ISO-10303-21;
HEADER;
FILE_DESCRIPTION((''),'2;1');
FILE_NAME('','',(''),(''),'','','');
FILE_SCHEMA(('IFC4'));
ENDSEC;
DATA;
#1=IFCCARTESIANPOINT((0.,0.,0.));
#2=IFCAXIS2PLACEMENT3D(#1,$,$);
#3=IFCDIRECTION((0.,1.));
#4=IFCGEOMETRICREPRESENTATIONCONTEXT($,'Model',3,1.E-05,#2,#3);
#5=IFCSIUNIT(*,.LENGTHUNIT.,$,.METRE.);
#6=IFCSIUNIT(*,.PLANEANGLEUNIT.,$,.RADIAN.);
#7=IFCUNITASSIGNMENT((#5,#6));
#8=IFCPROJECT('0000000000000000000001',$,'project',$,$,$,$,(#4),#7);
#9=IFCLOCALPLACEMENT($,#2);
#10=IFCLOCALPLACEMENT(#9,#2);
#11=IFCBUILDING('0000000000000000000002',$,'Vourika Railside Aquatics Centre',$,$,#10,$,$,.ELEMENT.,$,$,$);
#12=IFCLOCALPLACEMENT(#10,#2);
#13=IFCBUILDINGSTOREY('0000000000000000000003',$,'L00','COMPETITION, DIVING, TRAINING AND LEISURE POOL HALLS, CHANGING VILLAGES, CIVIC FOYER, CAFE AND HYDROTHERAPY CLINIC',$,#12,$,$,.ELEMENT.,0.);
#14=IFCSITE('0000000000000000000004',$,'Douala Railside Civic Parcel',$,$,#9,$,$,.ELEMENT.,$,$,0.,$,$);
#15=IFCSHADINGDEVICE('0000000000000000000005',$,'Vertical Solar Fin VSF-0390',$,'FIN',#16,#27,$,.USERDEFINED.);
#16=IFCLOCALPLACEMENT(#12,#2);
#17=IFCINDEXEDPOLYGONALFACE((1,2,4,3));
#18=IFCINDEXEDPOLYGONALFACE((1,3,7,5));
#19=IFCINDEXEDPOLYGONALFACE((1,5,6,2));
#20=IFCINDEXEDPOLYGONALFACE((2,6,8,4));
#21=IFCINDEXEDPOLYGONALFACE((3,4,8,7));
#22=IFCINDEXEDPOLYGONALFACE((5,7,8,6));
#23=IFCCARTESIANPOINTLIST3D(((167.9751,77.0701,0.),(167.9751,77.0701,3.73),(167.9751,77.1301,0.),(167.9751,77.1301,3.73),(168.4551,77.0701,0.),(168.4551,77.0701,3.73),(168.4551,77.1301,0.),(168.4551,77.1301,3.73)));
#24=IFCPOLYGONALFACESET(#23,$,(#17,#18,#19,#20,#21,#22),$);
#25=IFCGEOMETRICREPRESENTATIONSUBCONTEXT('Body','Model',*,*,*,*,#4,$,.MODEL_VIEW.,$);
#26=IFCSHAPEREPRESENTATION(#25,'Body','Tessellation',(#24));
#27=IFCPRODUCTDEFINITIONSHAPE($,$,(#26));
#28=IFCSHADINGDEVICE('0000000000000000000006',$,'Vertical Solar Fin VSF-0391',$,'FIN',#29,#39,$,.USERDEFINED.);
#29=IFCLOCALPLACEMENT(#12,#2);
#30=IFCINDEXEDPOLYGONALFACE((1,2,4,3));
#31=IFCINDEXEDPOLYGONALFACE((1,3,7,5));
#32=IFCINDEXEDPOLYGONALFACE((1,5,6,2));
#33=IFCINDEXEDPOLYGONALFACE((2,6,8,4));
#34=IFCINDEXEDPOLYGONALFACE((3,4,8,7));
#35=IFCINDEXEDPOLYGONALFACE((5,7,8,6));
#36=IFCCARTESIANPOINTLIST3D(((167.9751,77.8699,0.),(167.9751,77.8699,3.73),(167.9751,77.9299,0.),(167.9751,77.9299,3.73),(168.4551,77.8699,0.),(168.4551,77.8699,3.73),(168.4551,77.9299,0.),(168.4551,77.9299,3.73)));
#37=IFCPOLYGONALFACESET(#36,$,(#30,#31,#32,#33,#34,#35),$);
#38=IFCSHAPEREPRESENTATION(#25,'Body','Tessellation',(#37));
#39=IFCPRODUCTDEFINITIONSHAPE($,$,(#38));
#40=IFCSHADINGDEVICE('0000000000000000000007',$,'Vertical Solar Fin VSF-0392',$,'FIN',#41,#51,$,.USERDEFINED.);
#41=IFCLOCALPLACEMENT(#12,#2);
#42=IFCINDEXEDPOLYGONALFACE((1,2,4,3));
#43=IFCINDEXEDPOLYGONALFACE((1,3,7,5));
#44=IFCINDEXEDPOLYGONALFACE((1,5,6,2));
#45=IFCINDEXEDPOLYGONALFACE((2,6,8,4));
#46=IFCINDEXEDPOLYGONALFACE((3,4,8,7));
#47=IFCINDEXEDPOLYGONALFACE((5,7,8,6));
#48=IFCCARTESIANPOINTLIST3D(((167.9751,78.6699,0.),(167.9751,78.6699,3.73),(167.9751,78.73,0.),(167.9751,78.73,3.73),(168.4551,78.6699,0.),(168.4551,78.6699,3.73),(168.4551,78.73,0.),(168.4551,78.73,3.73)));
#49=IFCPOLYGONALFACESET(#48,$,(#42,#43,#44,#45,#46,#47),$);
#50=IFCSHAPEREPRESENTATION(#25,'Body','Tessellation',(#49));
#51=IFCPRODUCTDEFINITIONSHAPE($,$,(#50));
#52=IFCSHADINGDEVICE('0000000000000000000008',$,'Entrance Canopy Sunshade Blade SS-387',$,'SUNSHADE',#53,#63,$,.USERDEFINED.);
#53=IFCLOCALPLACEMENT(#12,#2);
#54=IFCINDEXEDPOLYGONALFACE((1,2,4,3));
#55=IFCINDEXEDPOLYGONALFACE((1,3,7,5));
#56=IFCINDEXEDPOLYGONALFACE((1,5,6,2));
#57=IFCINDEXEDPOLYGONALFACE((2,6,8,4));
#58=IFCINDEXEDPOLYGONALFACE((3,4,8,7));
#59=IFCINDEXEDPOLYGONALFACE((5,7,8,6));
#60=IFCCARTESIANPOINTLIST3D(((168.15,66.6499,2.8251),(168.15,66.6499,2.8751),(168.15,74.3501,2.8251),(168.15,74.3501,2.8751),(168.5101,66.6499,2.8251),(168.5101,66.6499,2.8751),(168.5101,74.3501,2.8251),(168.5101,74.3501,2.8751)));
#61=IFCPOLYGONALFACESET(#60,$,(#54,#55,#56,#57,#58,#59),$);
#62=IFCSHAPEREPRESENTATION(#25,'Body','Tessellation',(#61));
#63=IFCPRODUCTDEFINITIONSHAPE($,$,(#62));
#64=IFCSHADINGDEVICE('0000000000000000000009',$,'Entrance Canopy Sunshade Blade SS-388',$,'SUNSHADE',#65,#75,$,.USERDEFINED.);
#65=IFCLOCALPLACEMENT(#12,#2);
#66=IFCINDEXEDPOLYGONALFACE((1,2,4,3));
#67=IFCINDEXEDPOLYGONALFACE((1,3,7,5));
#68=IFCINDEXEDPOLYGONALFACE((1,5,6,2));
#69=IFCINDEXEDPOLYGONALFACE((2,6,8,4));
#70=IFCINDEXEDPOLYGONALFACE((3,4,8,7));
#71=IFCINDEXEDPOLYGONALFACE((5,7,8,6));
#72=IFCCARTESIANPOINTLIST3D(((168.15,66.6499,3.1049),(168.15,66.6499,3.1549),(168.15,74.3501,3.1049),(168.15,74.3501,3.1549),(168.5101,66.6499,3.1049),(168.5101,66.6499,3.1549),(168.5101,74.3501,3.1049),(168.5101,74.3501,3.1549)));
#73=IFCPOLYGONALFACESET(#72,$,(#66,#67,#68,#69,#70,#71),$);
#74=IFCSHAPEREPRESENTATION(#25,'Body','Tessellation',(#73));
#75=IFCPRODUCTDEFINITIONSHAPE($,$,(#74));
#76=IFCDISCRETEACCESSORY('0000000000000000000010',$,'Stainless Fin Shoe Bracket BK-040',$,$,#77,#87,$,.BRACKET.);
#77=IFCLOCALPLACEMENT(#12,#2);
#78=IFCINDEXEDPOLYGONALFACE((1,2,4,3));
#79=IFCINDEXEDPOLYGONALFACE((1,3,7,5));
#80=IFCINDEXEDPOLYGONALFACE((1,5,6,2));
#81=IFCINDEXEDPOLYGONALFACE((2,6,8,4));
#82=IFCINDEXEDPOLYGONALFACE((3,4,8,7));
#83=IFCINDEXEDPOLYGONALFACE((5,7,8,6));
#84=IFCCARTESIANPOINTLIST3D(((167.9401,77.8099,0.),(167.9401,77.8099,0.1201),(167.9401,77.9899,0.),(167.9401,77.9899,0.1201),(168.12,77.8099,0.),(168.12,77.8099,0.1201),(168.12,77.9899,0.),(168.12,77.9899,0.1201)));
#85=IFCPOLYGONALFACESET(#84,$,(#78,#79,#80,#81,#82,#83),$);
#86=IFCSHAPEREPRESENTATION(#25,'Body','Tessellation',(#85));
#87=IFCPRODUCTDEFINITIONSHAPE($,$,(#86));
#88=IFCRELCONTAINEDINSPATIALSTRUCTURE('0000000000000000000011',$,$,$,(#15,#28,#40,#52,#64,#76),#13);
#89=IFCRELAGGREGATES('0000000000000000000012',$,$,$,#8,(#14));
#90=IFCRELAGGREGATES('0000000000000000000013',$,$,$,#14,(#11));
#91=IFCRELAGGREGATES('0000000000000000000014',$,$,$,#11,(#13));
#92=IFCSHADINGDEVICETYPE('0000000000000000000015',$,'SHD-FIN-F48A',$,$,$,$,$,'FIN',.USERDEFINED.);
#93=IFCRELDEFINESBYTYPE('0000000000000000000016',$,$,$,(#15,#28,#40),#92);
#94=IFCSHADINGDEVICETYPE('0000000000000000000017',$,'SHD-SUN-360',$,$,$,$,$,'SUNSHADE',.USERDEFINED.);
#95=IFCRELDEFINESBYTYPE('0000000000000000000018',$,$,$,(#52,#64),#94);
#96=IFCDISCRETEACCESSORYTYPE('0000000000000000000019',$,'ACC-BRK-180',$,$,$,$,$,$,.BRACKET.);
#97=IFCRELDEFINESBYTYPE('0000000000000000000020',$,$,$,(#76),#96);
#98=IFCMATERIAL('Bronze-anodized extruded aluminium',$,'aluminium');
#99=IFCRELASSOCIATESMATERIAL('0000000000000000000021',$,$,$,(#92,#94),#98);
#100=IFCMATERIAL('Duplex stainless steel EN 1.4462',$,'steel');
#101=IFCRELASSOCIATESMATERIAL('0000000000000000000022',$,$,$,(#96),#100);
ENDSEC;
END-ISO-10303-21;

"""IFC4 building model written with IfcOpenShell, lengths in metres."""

from ifc_helpers import new_model, si_unit, direction, frame, origin, origin_2d, place, context, subcontext, project, spatial, rectangle, extrude, material, material_profile, profile_set, type_object, element, save


model = new_model("IFC4")

# Units and contexts
model_context = context("Model", 3, precision=1e-05, world=origin(), true_north=direction((0.0, 1.0)))
body_context = subcontext(model_context, "Body", "Model", "MODEL_VIEW")
ifc_project = project(units=[si_unit("LENGTHUNIT", "METRE"), si_unit("PLANEANGLEUNIT", "RADIAN")], contexts=[model_context])

# Site, building, storey
site_placement = place(None, origin())
site = spatial("IfcSite", under=ifc_project, at=site_placement, Name="Douala Railside Civic Parcel", CompositionType="ELEMENT", RefElevation=0.0)
building_placement = place(site_placement, origin())
building = spatial("IfcBuilding", under=site, at=building_placement, Name="Vourika Railside Aquatics Centre", CompositionType="ELEMENT")
storey_placement = place(building_placement, origin())
storey = spatial("IfcBuildingStorey", under=building, at=storey_placement, Name="L00", Description="COMPETITION, DIVING, TRAINING AND LEISURE POOL HALLS, CHANGING VILLAGES, CIVIC FOYER, CAFE AND HYDROTHERAPY CLINIC", CompositionType="ELEMENT", Elevation=0.0)

# Shading devices
ifc_material_1 = material(Name="Bronze-anodized extruded aluminium", Category="aluminium")
ifc_material_profile_1 = material_profile(ifc_material_1, rectangle(XDim=0.0601, YDim=0.48, at=origin_2d()), Name="ALU-FIN 60x480")
ifc_profile_set_1 = profile_set([ifc_material_profile_1], Name="Bronze-anodized extruded aluminium")
shading_device_type_1 = type_object("IfcShadingDeviceType", Name="SHD-FIN-F48A", ElementType="FIN", PredefinedType="USERDEFINED", material=ifc_profile_set_1)
for number, where, z_axis, x_axis, name in (
    (1, (168.2151, 77.1001, 0.0), (0.0, 0.0, 1.0), (0.0, -1.0, 0.0), "Vertical Solar Fin VSF-0390"),
    (2, (168.2151, 77.8999, 0.0), (0.0, 0.0, 1.0), (0.0, -1.0, 0.0), "Vertical Solar Fin VSF-0391"),
    (3, (168.2151, 78.7, 0.0), (0.0, 0.0, 1.0), (0.0, -1.0, 0.0), "Vertical Solar Fin VSF-0392"),
):
    element("IfcShadingDevice", number, at=place(storey_placement, frame(where, z_axis=z_axis, x_axis=x_axis)), inside=storey, type_object=shading_device_type_1, Name=name, ObjectType="FIN", PredefinedType="USERDEFINED", context=body_context, shape_type="SweptSolid", body=[
        extrude(rectangle(XDim=0.0601, YDim=0.48, at=origin_2d()), origin(), (0.0, 0.0, 1.0), 3.73),
    ])
ifc_material_profile_2 = material_profile(ifc_material_1, rectangle(XDim=0.05, YDim=0.3601, at=origin_2d()), Name="ALU-LOUVRE 50x360")
ifc_profile_set_2 = profile_set([ifc_material_profile_2], Name="Bronze-anodized extruded aluminium")
shading_device_type_2 = type_object("IfcShadingDeviceType", Name="SHD-SUN-360", ElementType="SUNSHADE", PredefinedType="USERDEFINED", material=ifc_profile_set_2)
for number, where, z_axis, x_axis, name in (
    (4, (168.3301, 66.6499, 2.8501), (0.0, 1.0, 0.0), (0.0, 0.0, -1.0), "Entrance Canopy Sunshade Blade SS-387"),
    (5, (168.3301, 66.6499, 3.1299), (0.0, 1.0, 0.0), (0.0, 0.0, -1.0), "Entrance Canopy Sunshade Blade SS-388"),
):
    element("IfcShadingDevice", number, at=place(storey_placement, frame(where, z_axis=z_axis, x_axis=x_axis)), inside=storey, type_object=shading_device_type_2, Name=name, ObjectType="SUNSHADE", PredefinedType="USERDEFINED", context=body_context, shape_type="SweptSolid", body=[
        extrude(rectangle(XDim=0.05, YDim=0.3601, at=origin_2d()), origin(), (0.0, 0.0, 1.0), 7.7002),
    ])

# Discrete accessory
ifc_material_2 = material(Name="Duplex stainless steel EN 1.4462", Category="steel")
discrete_accessory_type = type_object("IfcDiscreteAccessoryType", Name="ACC-BRK-180", PredefinedType="BRACKET", material=ifc_material_2)
discrete_accessory_placement = place(storey_placement, frame((168.03, 77.8999, 0.0), z_axis=(0.0, 0.0, 1.0), x_axis=(1.0, 0.0, 0.0)))
element("IfcDiscreteAccessory", 6, at=discrete_accessory_placement, inside=storey, type_object=discrete_accessory_type, Name="Stainless Fin Shoe Bracket BK-040", PredefinedType="BRACKET", context=body_context, shape_type="SweptSolid", body=[
    extrude(rectangle(XDim=0.1799, YDim=0.1799, at=origin_2d()), origin(), (0.0, 0.0, 1.0), 0.1201),
])

save(model, "model.ifc")
